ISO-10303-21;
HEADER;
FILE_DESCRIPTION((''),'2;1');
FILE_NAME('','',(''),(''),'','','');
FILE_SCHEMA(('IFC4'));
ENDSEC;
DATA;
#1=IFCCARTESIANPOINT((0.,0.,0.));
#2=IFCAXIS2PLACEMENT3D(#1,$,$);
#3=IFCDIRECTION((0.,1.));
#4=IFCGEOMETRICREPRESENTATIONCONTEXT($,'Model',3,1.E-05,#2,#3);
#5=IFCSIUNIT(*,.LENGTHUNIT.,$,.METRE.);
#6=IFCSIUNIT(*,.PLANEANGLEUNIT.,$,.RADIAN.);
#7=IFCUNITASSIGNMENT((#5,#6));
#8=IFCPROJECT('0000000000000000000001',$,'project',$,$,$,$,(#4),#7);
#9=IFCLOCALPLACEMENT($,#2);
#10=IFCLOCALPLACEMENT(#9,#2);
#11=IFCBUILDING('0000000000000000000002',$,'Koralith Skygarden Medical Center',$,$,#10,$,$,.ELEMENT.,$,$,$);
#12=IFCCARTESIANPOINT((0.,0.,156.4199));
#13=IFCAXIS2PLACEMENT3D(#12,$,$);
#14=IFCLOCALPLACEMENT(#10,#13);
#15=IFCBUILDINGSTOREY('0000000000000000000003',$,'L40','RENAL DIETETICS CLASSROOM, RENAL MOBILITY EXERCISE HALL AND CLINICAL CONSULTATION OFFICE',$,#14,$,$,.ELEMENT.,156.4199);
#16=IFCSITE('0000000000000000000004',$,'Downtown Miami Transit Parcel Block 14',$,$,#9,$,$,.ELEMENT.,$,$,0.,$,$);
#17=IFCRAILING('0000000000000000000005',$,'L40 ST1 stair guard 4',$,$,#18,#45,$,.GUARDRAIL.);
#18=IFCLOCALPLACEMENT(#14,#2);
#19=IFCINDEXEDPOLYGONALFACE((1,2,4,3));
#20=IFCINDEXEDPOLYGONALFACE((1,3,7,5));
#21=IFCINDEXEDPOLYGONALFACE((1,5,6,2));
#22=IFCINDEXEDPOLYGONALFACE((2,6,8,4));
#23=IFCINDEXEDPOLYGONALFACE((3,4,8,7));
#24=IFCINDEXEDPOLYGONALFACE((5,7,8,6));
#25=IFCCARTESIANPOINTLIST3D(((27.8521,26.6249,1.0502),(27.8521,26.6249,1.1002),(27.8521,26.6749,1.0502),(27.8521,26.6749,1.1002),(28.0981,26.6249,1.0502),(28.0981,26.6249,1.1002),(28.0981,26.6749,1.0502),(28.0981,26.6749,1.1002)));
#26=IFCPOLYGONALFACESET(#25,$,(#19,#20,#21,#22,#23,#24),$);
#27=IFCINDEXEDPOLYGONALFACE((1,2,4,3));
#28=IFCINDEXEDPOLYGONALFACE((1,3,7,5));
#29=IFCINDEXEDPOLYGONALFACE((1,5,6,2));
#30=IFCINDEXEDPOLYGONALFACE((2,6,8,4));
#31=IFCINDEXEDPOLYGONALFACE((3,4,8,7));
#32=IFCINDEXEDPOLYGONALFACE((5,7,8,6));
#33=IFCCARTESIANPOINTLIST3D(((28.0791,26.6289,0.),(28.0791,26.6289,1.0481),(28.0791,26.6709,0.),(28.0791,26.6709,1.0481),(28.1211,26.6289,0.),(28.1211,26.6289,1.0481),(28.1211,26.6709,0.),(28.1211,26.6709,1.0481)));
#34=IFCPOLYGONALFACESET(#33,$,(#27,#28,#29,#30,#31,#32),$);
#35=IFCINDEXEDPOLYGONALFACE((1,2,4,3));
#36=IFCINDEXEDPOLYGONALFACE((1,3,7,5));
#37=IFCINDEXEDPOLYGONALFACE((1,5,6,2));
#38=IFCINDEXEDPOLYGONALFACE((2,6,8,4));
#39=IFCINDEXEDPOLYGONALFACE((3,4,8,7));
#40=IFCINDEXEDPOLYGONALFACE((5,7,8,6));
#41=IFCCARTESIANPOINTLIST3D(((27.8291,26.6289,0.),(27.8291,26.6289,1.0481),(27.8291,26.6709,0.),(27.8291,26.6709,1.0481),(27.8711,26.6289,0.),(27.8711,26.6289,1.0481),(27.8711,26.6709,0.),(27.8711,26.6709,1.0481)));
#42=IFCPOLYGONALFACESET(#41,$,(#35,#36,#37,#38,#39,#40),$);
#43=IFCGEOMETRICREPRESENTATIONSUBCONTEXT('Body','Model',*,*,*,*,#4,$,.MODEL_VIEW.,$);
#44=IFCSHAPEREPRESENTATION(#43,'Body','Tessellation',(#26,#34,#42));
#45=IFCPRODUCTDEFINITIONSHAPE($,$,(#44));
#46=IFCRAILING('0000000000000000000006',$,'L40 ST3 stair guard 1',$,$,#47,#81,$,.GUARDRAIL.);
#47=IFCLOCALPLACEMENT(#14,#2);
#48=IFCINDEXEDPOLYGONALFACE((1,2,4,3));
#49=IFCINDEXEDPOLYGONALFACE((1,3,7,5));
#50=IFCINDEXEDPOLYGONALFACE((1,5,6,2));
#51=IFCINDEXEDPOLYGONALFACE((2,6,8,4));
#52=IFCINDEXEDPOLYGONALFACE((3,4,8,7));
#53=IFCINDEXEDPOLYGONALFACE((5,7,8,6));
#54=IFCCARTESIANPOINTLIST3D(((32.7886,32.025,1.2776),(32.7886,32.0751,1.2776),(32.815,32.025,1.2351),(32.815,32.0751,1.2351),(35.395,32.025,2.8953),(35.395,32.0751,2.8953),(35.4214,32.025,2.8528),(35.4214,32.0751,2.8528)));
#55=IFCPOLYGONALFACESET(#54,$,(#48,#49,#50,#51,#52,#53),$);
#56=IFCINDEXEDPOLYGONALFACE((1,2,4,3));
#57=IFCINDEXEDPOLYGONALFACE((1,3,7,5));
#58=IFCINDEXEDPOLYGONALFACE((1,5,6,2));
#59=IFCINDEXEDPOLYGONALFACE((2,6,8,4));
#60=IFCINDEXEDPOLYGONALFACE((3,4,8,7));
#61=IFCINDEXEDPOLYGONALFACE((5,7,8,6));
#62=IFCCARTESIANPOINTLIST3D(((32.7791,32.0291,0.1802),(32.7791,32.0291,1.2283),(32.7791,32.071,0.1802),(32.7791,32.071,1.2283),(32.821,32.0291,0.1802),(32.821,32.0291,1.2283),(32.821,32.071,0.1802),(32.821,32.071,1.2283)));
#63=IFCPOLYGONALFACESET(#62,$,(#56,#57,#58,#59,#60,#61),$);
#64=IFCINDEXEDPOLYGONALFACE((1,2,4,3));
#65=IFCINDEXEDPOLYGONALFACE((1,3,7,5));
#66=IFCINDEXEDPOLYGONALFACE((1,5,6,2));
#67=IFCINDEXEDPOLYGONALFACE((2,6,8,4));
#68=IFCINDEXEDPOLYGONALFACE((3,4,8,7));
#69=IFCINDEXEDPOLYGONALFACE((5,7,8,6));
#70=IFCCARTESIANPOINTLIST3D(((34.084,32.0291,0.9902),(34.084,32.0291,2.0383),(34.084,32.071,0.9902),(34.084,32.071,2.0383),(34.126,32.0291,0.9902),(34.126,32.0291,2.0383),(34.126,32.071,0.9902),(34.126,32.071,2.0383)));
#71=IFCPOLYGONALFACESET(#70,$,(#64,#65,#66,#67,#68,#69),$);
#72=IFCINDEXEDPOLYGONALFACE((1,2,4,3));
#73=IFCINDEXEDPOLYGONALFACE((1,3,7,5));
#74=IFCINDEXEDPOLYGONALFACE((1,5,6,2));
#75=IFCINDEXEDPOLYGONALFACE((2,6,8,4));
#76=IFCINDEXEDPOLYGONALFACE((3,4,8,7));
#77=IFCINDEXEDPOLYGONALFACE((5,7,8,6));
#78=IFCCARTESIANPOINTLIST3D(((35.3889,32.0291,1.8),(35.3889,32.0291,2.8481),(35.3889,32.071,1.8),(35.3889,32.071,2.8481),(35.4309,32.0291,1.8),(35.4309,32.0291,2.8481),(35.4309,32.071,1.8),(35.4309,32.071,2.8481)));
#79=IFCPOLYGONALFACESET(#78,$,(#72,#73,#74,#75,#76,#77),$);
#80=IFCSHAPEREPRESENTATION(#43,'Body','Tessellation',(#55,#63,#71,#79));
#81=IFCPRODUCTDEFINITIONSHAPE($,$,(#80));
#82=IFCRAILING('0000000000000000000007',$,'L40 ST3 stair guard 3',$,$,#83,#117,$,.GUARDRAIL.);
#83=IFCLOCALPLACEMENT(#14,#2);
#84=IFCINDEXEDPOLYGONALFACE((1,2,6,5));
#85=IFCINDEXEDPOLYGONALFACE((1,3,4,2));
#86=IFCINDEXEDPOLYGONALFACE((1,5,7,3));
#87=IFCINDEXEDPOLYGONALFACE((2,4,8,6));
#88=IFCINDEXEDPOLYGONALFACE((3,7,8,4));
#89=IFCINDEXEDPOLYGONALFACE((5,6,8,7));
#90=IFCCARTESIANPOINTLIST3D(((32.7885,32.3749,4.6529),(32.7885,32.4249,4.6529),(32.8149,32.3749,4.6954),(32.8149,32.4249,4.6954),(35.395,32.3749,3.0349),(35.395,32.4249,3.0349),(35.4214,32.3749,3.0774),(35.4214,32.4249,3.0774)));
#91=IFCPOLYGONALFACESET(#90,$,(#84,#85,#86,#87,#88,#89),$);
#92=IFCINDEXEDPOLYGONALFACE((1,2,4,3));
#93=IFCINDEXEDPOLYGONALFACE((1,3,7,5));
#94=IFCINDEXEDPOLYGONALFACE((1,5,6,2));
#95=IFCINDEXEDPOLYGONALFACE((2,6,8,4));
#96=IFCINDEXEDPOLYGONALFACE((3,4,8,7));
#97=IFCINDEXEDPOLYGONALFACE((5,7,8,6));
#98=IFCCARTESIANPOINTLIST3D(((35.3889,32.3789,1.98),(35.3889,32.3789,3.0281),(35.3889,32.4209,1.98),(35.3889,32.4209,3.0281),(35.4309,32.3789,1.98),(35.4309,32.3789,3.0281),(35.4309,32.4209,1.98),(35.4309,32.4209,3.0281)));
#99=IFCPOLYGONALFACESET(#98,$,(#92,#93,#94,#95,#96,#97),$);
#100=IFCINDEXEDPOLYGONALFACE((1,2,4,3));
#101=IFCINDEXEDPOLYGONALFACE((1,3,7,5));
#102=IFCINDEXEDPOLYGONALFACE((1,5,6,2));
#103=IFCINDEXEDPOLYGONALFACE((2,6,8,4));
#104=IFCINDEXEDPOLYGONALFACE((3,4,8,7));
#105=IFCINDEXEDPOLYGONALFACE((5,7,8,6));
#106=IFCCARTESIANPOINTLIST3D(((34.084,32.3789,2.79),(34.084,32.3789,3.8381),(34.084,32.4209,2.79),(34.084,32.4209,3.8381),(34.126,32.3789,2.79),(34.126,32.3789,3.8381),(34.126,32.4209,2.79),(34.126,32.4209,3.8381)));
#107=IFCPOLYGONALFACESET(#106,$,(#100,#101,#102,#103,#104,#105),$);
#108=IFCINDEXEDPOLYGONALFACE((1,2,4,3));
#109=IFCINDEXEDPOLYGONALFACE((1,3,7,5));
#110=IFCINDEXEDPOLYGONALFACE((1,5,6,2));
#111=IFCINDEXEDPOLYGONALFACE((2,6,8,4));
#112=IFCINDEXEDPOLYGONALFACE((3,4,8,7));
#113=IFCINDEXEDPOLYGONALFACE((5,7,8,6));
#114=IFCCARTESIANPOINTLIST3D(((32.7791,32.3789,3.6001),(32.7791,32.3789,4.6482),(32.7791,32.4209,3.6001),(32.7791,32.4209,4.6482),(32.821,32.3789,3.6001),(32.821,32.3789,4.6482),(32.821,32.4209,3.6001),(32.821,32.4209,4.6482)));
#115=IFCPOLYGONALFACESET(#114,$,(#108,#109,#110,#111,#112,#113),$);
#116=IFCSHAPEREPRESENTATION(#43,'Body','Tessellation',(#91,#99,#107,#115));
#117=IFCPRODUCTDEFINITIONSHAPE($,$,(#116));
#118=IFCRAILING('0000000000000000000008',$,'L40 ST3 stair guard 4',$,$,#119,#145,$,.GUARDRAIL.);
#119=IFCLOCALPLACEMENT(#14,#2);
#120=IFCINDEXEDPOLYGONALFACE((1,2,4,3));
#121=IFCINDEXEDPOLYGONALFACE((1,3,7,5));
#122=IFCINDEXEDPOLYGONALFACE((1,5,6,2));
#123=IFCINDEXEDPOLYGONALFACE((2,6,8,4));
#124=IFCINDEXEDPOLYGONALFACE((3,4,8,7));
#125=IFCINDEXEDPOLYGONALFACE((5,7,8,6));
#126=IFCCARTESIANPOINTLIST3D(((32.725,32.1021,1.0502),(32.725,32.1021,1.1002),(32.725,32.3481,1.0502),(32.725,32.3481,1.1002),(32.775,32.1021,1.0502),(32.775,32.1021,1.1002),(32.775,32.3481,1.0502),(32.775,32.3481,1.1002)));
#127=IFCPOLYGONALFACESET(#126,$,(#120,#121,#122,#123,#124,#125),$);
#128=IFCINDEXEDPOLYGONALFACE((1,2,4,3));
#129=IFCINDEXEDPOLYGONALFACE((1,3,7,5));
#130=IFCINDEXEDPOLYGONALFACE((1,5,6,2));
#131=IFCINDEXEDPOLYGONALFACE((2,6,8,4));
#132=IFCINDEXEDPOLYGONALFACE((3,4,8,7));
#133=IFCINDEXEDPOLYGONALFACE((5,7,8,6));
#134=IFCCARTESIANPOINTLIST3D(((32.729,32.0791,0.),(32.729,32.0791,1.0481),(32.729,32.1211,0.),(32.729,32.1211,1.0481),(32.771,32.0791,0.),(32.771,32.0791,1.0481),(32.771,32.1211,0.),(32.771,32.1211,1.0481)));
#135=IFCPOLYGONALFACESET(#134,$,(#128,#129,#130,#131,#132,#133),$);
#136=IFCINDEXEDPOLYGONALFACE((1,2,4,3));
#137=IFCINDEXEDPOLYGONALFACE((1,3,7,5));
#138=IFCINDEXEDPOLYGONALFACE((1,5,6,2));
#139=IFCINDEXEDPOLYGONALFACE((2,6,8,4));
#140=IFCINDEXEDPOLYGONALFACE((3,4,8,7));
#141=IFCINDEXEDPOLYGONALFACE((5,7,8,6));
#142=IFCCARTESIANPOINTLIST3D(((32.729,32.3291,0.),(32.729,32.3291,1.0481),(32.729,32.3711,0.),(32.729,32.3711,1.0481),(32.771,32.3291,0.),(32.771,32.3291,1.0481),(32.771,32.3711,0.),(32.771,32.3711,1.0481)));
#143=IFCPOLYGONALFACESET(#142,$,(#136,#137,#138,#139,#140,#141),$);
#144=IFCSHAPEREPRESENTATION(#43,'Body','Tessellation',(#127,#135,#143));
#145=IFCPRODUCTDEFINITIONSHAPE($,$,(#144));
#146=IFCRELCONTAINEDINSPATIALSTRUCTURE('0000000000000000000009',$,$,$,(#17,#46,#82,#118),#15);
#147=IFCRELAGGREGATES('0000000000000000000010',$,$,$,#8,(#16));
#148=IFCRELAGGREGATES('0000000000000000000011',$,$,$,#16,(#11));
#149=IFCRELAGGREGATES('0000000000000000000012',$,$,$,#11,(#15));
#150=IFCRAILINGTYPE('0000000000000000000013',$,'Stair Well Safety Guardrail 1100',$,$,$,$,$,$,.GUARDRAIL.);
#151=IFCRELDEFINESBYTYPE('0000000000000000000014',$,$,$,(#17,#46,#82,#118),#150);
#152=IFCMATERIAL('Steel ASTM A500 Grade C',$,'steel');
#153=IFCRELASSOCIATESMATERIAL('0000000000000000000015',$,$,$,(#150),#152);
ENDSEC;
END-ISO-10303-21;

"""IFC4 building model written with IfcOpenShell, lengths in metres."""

from ifc_helpers import new_model, si_unit, direction, frame, origin, origin_2d, place, context, subcontext, project, spatial, rectangle, extrude, material, type_object, element, save


model = new_model("IFC4")

# Units and contexts
model_context = context("Model", 3, precision=1e-05, world=origin(), true_north=direction((0.0, 1.0)))
body_context = subcontext(model_context, "Body", "Model", "MODEL_VIEW")
ifc_project = project(units=[si_unit("LENGTHUNIT", "METRE"), si_unit("PLANEANGLEUNIT", "RADIAN")], contexts=[model_context])

# Site, building, storey
site_placement = place(None, origin())
site = spatial("IfcSite", under=ifc_project, at=site_placement, Name="Downtown Miami Transit Parcel Block 14", CompositionType="ELEMENT", RefElevation=0.0)
building_placement = place(site_placement, origin())
building = spatial("IfcBuilding", under=site, at=building_placement, Name="Koralith Skygarden Medical Center", CompositionType="ELEMENT")
storey_placement = place(building_placement, frame((0.0, 0.0, 156.4199)))
storey = spatial("IfcBuildingStorey", under=building, at=storey_placement, Name="L40", Description="RENAL DIETETICS CLASSROOM, RENAL MOBILITY EXERCISE HALL AND CLINICAL CONSULTATION OFFICE", CompositionType="ELEMENT", Elevation=156.4199)

# Railings
ifc_material_1 = material(Name="Steel ASTM A500 Grade C", Category="steel")
railing_type_1 = type_object("IfcRailingType", Name="Stair Well Safety Guardrail 1100", PredefinedType="GUARDRAIL", material=ifc_material_1)
railing_1_placement = place(storey_placement, frame((28.1001, 26.6499, 0.0)))
element("IfcRailing", 1, at=railing_1_placement, inside=storey, type_object=railing_type_1, Name="L40 ST1 stair guard 4", PredefinedType="GUARDRAIL", context=body_context, shape_type="SweptSolid", body=[
    extrude(rectangle(XDim=0.05, YDim=0.05, at=origin_2d()), frame((-0.002, 0.0, 1.0752), z_axis=(-1.0, 0.0, 0.0), x_axis=(0.0, -1.0, 0.0)), (0.0, 0.0, 1.0), 0.2461),
    extrude(rectangle(XDim=0.042, YDim=0.042, at=origin_2d()), origin(), (0.0, 0.0, 1.0), 1.0481),
    extrude(rectangle(XDim=0.042, YDim=0.042, at=origin_2d()), frame((-0.25, 0.0, 0.0)), (0.0, 0.0, 1.0), 1.0481),
])
railing_2_placement = place(storey_placement, frame((32.8, 32.05, 0.1802)))
element("IfcRailing", 2, at=railing_2_placement, inside=storey, type_object=railing_type_1, Name="L40 ST3 stair guard 1", PredefinedType="GUARDRAIL", context=body_context, shape_type="SweptSolid", body=[
    extrude(rectangle(XDim=0.05, YDim=0.05, at=origin_2d()), frame((0.0017, 0.0, 1.0762), z_axis=(0.849646, 0.0, 0.527353), x_axis=(0.0, 1.0, 0.0)), (0.0, 0.0, 1.0), 3.0676),
    extrude(rectangle(XDim=0.042, YDim=0.042, at=origin_2d()), origin(), (0.0, 0.0, 1.0), 1.0481),
    extrude(rectangle(XDim=0.042, YDim=0.042, at=origin_2d()), frame((1.3049, 0.0, 0.8101)), (0.0, 0.0, 1.0), 1.0481),
    extrude(rectangle(XDim=0.042, YDim=0.042, at=origin_2d()), frame((2.6099, 0.0, 1.6199)), (0.0, 0.0, 1.0), 1.0481),
])
railing_3_placement = place(storey_placement, frame((35.4099, 32.3999, 1.98)))
element("IfcRailing", 3, at=railing_3_placement, inside=storey, type_object=railing_type_1, Name="L40 ST3 stair guard 3", PredefinedType="GUARDRAIL", context=body_context, shape_type="SweptSolid", body=[
    extrude(rectangle(XDim=0.05, YDim=0.05, at=origin_2d()), frame((-0.0017, 0.0, 1.0762), z_axis=(-0.849611, 0.0, 0.52741), x_axis=(0.0, -1.0, 0.0)), (0.0, 0.0, 1.0), 3.0679),
    extrude(rectangle(XDim=0.042, YDim=0.042, at=origin_2d()), origin(), (0.0, 0.0, 1.0), 1.0481),
    extrude(rectangle(XDim=0.042, YDim=0.042, at=origin_2d()), frame((-1.3049, 0.0, 0.8101)), (0.0, 0.0, 1.0), 1.0481),
    extrude(rectangle(XDim=0.042, YDim=0.042, at=origin_2d()), frame((-2.6099, 0.0, 1.6201)), (0.0, 0.0, 1.0), 1.0481),
])
railing_4_placement = place(storey_placement, frame((32.75, 32.1001, 0.0)))
element("IfcRailing", 4, at=railing_4_placement, inside=storey, type_object=railing_type_1, Name="L40 ST3 stair guard 4", PredefinedType="GUARDRAIL", context=body_context, shape_type="SweptSolid", body=[
    extrude(rectangle(XDim=0.05, YDim=0.05, at=origin_2d()), frame((0.0, 0.002, 1.0752), z_axis=(0.0, 1.0, 0.0), x_axis=(-1.0, 0.0, 0.0)), (0.0, 0.0, 1.0), 0.2461),
    extrude(rectangle(XDim=0.042, YDim=0.042, at=origin_2d()), origin(), (0.0, 0.0, 1.0), 1.0481),
    extrude(rectangle(XDim=0.042, YDim=0.042, at=origin_2d()), frame((0.0, 0.25, 0.0)), (0.0, 0.0, 1.0), 1.0481),
])

save(model, "model.ifc")
